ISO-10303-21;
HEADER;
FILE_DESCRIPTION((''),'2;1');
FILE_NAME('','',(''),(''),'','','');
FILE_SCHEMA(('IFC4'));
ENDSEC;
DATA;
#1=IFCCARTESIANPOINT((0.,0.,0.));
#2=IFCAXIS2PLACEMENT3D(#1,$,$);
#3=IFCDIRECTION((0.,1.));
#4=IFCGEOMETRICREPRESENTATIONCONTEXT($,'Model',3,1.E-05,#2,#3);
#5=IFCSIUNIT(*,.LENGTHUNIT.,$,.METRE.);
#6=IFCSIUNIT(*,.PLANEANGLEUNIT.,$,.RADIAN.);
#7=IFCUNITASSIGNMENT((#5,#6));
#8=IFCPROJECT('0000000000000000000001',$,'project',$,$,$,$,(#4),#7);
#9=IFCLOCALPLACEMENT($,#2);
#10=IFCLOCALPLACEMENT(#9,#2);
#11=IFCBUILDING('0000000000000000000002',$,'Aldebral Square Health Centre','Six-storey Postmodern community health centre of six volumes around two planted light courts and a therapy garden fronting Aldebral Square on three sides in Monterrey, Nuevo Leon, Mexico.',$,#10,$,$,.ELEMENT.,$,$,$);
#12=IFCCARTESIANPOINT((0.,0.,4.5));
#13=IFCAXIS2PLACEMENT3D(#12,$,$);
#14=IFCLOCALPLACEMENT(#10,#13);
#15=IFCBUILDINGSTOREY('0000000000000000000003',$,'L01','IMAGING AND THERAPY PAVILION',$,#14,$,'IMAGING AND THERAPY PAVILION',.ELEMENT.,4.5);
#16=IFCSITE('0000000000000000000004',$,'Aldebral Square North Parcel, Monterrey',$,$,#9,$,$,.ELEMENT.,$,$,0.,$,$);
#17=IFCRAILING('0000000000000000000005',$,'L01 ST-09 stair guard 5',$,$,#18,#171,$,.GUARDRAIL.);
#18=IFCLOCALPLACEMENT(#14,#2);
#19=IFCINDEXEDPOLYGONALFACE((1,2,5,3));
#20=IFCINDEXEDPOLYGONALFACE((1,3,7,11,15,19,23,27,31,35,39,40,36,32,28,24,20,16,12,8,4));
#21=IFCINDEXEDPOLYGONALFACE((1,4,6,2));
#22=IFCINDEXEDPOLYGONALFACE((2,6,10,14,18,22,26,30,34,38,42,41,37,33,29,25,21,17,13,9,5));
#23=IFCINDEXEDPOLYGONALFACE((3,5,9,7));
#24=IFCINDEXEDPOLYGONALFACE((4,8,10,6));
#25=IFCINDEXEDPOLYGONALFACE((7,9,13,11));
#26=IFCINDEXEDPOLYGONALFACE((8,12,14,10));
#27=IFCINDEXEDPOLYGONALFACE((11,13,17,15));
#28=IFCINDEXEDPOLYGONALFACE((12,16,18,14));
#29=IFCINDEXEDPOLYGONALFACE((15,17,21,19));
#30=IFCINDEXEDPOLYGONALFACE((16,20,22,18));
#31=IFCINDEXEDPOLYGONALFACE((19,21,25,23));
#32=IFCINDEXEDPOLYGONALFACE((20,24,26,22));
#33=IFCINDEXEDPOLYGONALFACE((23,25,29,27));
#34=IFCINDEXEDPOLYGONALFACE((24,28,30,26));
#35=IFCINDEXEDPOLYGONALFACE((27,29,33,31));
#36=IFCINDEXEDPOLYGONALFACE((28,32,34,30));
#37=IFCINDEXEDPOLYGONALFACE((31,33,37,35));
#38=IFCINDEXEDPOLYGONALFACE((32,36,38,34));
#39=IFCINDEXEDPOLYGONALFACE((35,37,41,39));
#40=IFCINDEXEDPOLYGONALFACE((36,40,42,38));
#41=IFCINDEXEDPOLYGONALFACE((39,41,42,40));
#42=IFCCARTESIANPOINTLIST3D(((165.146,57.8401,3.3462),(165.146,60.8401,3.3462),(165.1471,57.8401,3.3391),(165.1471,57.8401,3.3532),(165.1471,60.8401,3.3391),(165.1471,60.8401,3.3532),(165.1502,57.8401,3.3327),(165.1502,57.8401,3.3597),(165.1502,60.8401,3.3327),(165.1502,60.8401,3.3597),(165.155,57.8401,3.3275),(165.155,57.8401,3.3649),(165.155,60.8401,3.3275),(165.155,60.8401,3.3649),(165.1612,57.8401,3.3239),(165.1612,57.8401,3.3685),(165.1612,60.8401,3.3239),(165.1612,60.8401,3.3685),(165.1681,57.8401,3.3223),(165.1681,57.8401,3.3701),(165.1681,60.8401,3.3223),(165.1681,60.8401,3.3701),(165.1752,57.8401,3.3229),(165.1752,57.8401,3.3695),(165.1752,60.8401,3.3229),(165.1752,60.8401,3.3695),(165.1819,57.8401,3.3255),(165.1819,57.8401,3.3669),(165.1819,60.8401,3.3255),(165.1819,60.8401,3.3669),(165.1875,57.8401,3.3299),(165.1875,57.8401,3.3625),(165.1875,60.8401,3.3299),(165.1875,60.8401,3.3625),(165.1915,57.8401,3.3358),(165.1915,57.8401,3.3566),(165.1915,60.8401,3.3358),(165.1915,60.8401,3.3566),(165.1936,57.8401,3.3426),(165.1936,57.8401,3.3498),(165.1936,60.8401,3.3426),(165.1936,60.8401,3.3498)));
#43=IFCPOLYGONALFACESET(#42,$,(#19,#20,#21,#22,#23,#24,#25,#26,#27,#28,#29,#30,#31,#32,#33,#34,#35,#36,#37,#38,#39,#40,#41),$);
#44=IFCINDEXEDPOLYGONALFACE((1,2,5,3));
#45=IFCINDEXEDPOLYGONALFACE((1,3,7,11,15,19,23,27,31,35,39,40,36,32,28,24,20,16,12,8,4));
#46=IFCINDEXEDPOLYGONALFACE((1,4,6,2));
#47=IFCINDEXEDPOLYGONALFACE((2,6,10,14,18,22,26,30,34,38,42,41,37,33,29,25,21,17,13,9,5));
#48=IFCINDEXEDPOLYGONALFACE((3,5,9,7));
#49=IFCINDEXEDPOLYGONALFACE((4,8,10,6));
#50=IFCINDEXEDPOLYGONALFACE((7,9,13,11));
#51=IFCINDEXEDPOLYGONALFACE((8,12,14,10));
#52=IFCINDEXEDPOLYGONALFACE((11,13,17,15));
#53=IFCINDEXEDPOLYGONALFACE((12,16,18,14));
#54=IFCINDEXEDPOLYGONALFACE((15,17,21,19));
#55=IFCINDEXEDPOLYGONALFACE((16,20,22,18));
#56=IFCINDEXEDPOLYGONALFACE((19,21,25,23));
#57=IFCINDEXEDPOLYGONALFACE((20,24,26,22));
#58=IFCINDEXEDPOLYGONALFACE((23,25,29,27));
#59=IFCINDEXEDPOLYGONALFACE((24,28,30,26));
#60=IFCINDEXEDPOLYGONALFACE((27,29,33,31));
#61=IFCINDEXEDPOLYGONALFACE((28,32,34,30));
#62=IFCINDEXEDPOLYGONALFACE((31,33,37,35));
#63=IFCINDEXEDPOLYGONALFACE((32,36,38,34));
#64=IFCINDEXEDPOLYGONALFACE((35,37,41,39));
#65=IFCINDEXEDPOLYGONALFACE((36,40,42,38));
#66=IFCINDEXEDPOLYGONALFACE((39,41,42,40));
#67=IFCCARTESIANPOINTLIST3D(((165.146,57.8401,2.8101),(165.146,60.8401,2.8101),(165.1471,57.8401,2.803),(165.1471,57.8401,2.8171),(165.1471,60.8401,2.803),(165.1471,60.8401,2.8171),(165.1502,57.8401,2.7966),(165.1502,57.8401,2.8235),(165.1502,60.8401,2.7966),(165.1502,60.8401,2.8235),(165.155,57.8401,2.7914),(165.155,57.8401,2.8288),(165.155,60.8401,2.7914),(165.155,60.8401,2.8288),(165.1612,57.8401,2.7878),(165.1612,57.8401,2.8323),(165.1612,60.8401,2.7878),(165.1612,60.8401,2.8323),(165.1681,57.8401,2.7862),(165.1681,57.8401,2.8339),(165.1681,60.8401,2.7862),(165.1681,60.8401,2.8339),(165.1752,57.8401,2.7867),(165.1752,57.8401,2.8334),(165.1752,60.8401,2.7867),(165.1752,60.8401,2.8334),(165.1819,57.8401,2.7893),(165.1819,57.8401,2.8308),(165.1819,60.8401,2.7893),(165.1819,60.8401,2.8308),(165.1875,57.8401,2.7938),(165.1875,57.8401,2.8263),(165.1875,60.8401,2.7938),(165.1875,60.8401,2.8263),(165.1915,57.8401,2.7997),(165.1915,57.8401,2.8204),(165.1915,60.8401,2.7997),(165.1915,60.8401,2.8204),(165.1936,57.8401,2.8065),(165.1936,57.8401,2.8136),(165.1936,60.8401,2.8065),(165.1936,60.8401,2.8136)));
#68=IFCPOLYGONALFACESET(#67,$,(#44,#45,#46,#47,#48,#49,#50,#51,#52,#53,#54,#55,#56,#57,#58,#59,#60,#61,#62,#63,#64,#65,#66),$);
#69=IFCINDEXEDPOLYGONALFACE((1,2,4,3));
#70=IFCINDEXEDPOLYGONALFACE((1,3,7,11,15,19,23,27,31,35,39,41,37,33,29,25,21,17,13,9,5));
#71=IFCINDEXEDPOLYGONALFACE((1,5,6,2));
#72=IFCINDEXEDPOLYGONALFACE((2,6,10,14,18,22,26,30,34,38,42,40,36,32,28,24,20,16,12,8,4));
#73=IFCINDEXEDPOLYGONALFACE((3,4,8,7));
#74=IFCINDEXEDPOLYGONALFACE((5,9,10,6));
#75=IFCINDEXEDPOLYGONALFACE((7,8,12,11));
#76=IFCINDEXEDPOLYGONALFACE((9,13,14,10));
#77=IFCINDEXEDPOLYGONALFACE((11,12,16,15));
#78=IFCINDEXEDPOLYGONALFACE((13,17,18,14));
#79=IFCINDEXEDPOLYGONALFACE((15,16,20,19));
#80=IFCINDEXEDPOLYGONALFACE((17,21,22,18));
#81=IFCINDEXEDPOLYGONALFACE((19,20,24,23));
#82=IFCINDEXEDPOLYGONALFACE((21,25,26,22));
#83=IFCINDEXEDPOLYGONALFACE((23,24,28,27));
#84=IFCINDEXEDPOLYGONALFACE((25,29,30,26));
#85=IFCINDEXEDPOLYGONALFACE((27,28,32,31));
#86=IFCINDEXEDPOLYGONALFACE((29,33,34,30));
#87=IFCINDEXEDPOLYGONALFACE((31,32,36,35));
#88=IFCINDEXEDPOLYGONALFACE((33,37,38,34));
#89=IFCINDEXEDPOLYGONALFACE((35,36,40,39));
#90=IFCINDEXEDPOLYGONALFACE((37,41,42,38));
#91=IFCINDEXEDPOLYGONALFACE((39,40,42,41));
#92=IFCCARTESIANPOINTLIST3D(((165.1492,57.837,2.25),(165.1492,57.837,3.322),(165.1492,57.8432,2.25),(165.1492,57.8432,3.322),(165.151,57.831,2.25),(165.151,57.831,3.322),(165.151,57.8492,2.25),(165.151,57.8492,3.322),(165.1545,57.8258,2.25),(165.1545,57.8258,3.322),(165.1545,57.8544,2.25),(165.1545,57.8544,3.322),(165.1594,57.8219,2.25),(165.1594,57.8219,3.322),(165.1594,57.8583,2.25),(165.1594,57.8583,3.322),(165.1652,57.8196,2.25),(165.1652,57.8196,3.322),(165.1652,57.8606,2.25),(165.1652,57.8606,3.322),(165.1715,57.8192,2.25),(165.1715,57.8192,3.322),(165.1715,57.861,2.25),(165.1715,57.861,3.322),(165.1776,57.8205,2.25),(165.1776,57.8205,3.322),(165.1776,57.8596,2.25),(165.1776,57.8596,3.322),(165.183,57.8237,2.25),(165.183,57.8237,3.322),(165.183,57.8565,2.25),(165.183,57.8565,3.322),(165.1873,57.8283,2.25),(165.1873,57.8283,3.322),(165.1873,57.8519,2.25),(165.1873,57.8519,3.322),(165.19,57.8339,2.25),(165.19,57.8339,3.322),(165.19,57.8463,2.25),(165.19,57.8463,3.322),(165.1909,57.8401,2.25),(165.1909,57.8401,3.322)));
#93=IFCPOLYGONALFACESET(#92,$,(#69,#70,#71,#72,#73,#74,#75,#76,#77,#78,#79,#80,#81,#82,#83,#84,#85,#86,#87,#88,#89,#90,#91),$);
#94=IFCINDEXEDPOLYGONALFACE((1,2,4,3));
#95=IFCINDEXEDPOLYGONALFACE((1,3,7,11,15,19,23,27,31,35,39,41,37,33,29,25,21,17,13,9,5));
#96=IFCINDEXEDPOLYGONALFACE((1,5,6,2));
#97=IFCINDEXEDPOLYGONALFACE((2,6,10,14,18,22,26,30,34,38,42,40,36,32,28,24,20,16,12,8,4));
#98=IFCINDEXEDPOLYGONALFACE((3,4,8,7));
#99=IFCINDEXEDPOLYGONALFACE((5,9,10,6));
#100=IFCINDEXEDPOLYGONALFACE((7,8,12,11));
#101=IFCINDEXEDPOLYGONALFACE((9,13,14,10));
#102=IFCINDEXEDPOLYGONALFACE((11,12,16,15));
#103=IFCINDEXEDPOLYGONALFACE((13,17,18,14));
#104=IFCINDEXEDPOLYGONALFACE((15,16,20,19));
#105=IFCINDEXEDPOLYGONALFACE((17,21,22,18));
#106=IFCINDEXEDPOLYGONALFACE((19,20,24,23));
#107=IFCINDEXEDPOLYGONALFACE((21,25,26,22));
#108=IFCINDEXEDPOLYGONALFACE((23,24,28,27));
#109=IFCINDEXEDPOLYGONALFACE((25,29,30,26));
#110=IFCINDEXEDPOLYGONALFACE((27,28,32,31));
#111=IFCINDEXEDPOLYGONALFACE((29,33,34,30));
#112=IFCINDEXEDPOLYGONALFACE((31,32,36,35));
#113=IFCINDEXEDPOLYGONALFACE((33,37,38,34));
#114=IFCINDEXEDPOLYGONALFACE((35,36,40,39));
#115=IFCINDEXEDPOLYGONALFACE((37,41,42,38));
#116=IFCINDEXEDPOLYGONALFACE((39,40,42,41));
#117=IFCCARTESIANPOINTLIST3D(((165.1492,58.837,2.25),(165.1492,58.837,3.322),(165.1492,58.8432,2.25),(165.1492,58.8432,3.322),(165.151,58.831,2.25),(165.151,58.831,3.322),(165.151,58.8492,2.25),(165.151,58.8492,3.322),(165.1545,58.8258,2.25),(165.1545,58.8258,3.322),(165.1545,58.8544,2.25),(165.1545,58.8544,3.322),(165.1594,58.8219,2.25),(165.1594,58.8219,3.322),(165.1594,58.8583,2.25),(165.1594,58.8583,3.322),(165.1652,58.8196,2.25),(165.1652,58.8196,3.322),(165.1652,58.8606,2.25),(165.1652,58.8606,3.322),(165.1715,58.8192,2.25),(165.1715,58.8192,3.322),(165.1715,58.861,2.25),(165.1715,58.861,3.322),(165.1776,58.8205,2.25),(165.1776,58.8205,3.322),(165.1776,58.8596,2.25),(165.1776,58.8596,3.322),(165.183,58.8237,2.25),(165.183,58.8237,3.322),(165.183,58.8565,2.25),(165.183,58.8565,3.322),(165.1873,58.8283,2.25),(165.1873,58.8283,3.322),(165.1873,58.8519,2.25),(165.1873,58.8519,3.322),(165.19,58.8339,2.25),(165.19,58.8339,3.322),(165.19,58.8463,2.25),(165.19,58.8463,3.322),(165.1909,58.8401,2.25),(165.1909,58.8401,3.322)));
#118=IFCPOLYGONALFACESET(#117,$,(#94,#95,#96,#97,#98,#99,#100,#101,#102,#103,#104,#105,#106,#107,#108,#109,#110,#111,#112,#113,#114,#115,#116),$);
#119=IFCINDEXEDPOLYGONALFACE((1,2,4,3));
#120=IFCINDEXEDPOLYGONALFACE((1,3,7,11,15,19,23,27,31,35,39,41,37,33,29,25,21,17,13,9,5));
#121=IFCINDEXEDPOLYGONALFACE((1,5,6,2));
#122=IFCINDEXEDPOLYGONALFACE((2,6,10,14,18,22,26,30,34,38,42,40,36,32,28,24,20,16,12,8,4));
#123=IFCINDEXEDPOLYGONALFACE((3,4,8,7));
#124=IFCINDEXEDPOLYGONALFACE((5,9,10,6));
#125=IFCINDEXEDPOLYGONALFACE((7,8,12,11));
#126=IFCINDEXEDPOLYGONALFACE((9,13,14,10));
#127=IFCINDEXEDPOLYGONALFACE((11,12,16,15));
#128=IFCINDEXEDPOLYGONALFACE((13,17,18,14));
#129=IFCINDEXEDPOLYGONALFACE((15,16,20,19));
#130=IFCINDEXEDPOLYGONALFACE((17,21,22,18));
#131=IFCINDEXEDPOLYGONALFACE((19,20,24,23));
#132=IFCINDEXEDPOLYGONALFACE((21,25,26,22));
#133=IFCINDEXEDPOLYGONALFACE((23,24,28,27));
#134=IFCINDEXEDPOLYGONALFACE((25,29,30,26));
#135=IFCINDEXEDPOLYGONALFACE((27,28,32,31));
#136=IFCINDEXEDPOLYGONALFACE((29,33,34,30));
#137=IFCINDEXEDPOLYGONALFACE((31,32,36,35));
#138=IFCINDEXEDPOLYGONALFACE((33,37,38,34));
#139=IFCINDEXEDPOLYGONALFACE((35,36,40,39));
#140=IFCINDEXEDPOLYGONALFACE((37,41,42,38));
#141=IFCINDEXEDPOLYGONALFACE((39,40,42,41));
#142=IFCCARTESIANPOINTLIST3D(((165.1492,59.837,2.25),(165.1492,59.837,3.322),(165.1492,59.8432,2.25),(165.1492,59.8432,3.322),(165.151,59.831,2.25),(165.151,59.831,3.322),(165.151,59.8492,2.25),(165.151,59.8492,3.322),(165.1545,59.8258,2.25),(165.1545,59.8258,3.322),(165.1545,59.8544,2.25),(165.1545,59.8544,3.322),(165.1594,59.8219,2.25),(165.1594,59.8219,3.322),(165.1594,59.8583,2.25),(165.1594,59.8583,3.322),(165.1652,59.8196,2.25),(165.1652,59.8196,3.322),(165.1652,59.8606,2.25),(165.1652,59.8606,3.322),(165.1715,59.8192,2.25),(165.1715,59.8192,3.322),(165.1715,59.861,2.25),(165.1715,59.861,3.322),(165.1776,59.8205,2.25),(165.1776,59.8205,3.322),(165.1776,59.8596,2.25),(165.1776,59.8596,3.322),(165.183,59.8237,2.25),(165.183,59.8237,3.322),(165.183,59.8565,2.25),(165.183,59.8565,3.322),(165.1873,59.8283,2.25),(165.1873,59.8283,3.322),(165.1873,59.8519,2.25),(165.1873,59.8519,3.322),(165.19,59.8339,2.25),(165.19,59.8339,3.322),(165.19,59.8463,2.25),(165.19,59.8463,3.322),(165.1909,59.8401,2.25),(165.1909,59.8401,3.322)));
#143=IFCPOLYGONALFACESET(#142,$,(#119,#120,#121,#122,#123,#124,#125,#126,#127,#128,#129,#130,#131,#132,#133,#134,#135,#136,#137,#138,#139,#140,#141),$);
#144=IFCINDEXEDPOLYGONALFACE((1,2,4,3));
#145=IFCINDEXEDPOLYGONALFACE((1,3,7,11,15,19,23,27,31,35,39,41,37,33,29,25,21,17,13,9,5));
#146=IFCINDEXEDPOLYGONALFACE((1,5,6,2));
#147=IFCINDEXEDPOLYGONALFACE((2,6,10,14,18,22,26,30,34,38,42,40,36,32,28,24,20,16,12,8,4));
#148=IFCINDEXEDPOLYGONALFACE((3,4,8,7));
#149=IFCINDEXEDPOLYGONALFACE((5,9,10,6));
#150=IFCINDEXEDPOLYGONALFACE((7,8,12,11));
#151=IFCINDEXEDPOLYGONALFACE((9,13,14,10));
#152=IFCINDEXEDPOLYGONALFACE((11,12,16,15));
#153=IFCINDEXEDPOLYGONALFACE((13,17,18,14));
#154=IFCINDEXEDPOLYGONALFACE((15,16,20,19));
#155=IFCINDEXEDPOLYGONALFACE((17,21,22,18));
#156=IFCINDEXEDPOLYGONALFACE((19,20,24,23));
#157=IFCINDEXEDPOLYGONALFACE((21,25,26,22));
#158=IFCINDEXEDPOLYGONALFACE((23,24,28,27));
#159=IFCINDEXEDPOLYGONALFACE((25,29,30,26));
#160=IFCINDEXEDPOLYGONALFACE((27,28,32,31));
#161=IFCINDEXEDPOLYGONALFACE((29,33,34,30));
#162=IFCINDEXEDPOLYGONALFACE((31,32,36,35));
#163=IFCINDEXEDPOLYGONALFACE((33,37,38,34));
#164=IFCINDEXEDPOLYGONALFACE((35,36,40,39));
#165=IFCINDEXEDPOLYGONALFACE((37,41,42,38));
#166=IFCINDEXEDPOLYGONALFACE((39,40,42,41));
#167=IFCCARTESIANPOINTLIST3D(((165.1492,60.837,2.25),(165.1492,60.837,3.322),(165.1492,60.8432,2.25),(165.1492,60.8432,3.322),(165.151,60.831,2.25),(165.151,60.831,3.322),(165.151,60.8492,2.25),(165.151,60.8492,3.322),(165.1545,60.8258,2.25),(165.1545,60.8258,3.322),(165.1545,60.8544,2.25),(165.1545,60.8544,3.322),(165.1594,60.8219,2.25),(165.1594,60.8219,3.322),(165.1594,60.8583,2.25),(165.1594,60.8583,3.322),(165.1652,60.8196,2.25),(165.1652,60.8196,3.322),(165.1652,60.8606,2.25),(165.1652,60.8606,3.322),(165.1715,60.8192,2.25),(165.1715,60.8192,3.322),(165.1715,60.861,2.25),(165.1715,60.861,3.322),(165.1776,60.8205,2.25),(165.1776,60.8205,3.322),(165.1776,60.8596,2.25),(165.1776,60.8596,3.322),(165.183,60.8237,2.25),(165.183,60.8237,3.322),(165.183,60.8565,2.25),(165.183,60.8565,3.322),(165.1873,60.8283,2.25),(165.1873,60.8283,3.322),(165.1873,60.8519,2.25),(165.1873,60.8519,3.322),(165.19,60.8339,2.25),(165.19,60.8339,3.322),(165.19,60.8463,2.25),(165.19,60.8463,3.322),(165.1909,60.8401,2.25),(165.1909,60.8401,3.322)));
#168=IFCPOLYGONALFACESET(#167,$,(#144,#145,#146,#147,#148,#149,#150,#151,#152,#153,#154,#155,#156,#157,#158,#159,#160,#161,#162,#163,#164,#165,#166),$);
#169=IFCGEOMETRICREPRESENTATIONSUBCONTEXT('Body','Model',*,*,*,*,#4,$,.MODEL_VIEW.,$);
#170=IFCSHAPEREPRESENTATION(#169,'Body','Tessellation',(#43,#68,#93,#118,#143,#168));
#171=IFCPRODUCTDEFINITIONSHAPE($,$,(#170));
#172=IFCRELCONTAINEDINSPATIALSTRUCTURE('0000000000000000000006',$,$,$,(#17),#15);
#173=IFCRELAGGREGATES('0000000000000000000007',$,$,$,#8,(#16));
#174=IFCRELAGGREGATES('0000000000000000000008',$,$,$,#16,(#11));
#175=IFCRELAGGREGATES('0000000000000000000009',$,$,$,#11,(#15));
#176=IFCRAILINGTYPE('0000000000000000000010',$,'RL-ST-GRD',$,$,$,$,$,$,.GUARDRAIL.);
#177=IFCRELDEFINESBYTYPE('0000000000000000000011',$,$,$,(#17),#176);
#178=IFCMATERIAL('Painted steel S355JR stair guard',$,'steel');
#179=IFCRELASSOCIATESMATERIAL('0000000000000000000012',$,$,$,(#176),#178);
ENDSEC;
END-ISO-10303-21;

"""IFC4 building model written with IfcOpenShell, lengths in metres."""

from ifc_helpers import new_model, si_unit, direction, frame, origin, origin_2d, place, context, subcontext, project, spatial, circle, extrude, material, type_object, element, save


model = new_model("IFC4")

# Units and contexts
model_context = context("Model", 3, precision=1e-05, world=origin(), true_north=direction((0.0, 1.0)))
body_context = subcontext(model_context, "Body", "Model", "MODEL_VIEW")
ifc_project = project(units=[si_unit("LENGTHUNIT", "METRE"), si_unit("PLANEANGLEUNIT", "RADIAN")], contexts=[model_context])

# Site, building, storey
site_placement = place(None, origin())
site = spatial("IfcSite", under=ifc_project, at=site_placement, Name="Aldebral Square North Parcel, Monterrey", CompositionType="ELEMENT", RefElevation=0.0)
building_placement = place(site_placement, origin())
building = spatial("IfcBuilding", under=site, at=building_placement, Name="Aldebral Square Health Centre", Description="Six-storey Postmodern community health centre of six volumes around two planted light courts and a therapy garden fronting Aldebral Square on three sides in Monterrey, Nuevo Leon, Mexico.", CompositionType="ELEMENT")
storey_placement = place(building_placement, frame((0.0, 0.0, 4.5)))
storey = spatial("IfcBuildingStorey", under=building, at=storey_placement, Name="L01", Description="IMAGING AND THERAPY PAVILION", LongName="IMAGING AND THERAPY PAVILION", CompositionType="ELEMENT", Elevation=4.5)

# Railing
ifc_material_1 = material(Name="Painted steel S355JR stair guard", Category="steel")
railing_type_1 = type_object("IfcRailingType", Name="RL-ST-GRD", PredefinedType="GUARDRAIL", material=ifc_material_1)
railing_1_placement = place(storey_placement, frame((165.1699, 57.8401, 2.25)))
element("IfcRailing", 1, at=railing_1_placement, inside=storey, type_object=railing_type_1, Name="L01 ST-09 stair guard 5", PredefinedType="GUARDRAIL", context=body_context, shape_type="SweptSolid", body=[
    extrude(circle(Radius=0.0239, at=origin_2d()), frame((0.0, 0.0, 1.0962), z_axis=(0.0, 1.0, 0.0), x_axis=(-1.0, 0.0, 0.0)), (0.0, 0.0, 1.0), 3.0),
    extrude(circle(Radius=0.0239, at=origin_2d()), frame((0.0, 0.0, 0.5601), z_axis=(0.0, 1.0, 0.0), x_axis=(-1.0, 0.0, 0.0)), (0.0, 0.0, 1.0), 3.0),
    extrude(circle(Radius=0.021, at=origin_2d()), origin(), (0.0, 0.0, 1.0), 1.072),
    extrude(circle(Radius=0.021, at=origin_2d()), frame((0.0, 1.0, 0.0)), (0.0, 0.0, 1.0), 1.072),
    extrude(circle(Radius=0.021, at=origin_2d()), frame((0.0, 2.0, 0.0)), (0.0, 0.0, 1.0), 1.072),
    extrude(circle(Radius=0.021, at=origin_2d()), frame((0.0, 3.0, 0.0)), (0.0, 0.0, 1.0), 1.072),
])

save(model, "model.ifc")
